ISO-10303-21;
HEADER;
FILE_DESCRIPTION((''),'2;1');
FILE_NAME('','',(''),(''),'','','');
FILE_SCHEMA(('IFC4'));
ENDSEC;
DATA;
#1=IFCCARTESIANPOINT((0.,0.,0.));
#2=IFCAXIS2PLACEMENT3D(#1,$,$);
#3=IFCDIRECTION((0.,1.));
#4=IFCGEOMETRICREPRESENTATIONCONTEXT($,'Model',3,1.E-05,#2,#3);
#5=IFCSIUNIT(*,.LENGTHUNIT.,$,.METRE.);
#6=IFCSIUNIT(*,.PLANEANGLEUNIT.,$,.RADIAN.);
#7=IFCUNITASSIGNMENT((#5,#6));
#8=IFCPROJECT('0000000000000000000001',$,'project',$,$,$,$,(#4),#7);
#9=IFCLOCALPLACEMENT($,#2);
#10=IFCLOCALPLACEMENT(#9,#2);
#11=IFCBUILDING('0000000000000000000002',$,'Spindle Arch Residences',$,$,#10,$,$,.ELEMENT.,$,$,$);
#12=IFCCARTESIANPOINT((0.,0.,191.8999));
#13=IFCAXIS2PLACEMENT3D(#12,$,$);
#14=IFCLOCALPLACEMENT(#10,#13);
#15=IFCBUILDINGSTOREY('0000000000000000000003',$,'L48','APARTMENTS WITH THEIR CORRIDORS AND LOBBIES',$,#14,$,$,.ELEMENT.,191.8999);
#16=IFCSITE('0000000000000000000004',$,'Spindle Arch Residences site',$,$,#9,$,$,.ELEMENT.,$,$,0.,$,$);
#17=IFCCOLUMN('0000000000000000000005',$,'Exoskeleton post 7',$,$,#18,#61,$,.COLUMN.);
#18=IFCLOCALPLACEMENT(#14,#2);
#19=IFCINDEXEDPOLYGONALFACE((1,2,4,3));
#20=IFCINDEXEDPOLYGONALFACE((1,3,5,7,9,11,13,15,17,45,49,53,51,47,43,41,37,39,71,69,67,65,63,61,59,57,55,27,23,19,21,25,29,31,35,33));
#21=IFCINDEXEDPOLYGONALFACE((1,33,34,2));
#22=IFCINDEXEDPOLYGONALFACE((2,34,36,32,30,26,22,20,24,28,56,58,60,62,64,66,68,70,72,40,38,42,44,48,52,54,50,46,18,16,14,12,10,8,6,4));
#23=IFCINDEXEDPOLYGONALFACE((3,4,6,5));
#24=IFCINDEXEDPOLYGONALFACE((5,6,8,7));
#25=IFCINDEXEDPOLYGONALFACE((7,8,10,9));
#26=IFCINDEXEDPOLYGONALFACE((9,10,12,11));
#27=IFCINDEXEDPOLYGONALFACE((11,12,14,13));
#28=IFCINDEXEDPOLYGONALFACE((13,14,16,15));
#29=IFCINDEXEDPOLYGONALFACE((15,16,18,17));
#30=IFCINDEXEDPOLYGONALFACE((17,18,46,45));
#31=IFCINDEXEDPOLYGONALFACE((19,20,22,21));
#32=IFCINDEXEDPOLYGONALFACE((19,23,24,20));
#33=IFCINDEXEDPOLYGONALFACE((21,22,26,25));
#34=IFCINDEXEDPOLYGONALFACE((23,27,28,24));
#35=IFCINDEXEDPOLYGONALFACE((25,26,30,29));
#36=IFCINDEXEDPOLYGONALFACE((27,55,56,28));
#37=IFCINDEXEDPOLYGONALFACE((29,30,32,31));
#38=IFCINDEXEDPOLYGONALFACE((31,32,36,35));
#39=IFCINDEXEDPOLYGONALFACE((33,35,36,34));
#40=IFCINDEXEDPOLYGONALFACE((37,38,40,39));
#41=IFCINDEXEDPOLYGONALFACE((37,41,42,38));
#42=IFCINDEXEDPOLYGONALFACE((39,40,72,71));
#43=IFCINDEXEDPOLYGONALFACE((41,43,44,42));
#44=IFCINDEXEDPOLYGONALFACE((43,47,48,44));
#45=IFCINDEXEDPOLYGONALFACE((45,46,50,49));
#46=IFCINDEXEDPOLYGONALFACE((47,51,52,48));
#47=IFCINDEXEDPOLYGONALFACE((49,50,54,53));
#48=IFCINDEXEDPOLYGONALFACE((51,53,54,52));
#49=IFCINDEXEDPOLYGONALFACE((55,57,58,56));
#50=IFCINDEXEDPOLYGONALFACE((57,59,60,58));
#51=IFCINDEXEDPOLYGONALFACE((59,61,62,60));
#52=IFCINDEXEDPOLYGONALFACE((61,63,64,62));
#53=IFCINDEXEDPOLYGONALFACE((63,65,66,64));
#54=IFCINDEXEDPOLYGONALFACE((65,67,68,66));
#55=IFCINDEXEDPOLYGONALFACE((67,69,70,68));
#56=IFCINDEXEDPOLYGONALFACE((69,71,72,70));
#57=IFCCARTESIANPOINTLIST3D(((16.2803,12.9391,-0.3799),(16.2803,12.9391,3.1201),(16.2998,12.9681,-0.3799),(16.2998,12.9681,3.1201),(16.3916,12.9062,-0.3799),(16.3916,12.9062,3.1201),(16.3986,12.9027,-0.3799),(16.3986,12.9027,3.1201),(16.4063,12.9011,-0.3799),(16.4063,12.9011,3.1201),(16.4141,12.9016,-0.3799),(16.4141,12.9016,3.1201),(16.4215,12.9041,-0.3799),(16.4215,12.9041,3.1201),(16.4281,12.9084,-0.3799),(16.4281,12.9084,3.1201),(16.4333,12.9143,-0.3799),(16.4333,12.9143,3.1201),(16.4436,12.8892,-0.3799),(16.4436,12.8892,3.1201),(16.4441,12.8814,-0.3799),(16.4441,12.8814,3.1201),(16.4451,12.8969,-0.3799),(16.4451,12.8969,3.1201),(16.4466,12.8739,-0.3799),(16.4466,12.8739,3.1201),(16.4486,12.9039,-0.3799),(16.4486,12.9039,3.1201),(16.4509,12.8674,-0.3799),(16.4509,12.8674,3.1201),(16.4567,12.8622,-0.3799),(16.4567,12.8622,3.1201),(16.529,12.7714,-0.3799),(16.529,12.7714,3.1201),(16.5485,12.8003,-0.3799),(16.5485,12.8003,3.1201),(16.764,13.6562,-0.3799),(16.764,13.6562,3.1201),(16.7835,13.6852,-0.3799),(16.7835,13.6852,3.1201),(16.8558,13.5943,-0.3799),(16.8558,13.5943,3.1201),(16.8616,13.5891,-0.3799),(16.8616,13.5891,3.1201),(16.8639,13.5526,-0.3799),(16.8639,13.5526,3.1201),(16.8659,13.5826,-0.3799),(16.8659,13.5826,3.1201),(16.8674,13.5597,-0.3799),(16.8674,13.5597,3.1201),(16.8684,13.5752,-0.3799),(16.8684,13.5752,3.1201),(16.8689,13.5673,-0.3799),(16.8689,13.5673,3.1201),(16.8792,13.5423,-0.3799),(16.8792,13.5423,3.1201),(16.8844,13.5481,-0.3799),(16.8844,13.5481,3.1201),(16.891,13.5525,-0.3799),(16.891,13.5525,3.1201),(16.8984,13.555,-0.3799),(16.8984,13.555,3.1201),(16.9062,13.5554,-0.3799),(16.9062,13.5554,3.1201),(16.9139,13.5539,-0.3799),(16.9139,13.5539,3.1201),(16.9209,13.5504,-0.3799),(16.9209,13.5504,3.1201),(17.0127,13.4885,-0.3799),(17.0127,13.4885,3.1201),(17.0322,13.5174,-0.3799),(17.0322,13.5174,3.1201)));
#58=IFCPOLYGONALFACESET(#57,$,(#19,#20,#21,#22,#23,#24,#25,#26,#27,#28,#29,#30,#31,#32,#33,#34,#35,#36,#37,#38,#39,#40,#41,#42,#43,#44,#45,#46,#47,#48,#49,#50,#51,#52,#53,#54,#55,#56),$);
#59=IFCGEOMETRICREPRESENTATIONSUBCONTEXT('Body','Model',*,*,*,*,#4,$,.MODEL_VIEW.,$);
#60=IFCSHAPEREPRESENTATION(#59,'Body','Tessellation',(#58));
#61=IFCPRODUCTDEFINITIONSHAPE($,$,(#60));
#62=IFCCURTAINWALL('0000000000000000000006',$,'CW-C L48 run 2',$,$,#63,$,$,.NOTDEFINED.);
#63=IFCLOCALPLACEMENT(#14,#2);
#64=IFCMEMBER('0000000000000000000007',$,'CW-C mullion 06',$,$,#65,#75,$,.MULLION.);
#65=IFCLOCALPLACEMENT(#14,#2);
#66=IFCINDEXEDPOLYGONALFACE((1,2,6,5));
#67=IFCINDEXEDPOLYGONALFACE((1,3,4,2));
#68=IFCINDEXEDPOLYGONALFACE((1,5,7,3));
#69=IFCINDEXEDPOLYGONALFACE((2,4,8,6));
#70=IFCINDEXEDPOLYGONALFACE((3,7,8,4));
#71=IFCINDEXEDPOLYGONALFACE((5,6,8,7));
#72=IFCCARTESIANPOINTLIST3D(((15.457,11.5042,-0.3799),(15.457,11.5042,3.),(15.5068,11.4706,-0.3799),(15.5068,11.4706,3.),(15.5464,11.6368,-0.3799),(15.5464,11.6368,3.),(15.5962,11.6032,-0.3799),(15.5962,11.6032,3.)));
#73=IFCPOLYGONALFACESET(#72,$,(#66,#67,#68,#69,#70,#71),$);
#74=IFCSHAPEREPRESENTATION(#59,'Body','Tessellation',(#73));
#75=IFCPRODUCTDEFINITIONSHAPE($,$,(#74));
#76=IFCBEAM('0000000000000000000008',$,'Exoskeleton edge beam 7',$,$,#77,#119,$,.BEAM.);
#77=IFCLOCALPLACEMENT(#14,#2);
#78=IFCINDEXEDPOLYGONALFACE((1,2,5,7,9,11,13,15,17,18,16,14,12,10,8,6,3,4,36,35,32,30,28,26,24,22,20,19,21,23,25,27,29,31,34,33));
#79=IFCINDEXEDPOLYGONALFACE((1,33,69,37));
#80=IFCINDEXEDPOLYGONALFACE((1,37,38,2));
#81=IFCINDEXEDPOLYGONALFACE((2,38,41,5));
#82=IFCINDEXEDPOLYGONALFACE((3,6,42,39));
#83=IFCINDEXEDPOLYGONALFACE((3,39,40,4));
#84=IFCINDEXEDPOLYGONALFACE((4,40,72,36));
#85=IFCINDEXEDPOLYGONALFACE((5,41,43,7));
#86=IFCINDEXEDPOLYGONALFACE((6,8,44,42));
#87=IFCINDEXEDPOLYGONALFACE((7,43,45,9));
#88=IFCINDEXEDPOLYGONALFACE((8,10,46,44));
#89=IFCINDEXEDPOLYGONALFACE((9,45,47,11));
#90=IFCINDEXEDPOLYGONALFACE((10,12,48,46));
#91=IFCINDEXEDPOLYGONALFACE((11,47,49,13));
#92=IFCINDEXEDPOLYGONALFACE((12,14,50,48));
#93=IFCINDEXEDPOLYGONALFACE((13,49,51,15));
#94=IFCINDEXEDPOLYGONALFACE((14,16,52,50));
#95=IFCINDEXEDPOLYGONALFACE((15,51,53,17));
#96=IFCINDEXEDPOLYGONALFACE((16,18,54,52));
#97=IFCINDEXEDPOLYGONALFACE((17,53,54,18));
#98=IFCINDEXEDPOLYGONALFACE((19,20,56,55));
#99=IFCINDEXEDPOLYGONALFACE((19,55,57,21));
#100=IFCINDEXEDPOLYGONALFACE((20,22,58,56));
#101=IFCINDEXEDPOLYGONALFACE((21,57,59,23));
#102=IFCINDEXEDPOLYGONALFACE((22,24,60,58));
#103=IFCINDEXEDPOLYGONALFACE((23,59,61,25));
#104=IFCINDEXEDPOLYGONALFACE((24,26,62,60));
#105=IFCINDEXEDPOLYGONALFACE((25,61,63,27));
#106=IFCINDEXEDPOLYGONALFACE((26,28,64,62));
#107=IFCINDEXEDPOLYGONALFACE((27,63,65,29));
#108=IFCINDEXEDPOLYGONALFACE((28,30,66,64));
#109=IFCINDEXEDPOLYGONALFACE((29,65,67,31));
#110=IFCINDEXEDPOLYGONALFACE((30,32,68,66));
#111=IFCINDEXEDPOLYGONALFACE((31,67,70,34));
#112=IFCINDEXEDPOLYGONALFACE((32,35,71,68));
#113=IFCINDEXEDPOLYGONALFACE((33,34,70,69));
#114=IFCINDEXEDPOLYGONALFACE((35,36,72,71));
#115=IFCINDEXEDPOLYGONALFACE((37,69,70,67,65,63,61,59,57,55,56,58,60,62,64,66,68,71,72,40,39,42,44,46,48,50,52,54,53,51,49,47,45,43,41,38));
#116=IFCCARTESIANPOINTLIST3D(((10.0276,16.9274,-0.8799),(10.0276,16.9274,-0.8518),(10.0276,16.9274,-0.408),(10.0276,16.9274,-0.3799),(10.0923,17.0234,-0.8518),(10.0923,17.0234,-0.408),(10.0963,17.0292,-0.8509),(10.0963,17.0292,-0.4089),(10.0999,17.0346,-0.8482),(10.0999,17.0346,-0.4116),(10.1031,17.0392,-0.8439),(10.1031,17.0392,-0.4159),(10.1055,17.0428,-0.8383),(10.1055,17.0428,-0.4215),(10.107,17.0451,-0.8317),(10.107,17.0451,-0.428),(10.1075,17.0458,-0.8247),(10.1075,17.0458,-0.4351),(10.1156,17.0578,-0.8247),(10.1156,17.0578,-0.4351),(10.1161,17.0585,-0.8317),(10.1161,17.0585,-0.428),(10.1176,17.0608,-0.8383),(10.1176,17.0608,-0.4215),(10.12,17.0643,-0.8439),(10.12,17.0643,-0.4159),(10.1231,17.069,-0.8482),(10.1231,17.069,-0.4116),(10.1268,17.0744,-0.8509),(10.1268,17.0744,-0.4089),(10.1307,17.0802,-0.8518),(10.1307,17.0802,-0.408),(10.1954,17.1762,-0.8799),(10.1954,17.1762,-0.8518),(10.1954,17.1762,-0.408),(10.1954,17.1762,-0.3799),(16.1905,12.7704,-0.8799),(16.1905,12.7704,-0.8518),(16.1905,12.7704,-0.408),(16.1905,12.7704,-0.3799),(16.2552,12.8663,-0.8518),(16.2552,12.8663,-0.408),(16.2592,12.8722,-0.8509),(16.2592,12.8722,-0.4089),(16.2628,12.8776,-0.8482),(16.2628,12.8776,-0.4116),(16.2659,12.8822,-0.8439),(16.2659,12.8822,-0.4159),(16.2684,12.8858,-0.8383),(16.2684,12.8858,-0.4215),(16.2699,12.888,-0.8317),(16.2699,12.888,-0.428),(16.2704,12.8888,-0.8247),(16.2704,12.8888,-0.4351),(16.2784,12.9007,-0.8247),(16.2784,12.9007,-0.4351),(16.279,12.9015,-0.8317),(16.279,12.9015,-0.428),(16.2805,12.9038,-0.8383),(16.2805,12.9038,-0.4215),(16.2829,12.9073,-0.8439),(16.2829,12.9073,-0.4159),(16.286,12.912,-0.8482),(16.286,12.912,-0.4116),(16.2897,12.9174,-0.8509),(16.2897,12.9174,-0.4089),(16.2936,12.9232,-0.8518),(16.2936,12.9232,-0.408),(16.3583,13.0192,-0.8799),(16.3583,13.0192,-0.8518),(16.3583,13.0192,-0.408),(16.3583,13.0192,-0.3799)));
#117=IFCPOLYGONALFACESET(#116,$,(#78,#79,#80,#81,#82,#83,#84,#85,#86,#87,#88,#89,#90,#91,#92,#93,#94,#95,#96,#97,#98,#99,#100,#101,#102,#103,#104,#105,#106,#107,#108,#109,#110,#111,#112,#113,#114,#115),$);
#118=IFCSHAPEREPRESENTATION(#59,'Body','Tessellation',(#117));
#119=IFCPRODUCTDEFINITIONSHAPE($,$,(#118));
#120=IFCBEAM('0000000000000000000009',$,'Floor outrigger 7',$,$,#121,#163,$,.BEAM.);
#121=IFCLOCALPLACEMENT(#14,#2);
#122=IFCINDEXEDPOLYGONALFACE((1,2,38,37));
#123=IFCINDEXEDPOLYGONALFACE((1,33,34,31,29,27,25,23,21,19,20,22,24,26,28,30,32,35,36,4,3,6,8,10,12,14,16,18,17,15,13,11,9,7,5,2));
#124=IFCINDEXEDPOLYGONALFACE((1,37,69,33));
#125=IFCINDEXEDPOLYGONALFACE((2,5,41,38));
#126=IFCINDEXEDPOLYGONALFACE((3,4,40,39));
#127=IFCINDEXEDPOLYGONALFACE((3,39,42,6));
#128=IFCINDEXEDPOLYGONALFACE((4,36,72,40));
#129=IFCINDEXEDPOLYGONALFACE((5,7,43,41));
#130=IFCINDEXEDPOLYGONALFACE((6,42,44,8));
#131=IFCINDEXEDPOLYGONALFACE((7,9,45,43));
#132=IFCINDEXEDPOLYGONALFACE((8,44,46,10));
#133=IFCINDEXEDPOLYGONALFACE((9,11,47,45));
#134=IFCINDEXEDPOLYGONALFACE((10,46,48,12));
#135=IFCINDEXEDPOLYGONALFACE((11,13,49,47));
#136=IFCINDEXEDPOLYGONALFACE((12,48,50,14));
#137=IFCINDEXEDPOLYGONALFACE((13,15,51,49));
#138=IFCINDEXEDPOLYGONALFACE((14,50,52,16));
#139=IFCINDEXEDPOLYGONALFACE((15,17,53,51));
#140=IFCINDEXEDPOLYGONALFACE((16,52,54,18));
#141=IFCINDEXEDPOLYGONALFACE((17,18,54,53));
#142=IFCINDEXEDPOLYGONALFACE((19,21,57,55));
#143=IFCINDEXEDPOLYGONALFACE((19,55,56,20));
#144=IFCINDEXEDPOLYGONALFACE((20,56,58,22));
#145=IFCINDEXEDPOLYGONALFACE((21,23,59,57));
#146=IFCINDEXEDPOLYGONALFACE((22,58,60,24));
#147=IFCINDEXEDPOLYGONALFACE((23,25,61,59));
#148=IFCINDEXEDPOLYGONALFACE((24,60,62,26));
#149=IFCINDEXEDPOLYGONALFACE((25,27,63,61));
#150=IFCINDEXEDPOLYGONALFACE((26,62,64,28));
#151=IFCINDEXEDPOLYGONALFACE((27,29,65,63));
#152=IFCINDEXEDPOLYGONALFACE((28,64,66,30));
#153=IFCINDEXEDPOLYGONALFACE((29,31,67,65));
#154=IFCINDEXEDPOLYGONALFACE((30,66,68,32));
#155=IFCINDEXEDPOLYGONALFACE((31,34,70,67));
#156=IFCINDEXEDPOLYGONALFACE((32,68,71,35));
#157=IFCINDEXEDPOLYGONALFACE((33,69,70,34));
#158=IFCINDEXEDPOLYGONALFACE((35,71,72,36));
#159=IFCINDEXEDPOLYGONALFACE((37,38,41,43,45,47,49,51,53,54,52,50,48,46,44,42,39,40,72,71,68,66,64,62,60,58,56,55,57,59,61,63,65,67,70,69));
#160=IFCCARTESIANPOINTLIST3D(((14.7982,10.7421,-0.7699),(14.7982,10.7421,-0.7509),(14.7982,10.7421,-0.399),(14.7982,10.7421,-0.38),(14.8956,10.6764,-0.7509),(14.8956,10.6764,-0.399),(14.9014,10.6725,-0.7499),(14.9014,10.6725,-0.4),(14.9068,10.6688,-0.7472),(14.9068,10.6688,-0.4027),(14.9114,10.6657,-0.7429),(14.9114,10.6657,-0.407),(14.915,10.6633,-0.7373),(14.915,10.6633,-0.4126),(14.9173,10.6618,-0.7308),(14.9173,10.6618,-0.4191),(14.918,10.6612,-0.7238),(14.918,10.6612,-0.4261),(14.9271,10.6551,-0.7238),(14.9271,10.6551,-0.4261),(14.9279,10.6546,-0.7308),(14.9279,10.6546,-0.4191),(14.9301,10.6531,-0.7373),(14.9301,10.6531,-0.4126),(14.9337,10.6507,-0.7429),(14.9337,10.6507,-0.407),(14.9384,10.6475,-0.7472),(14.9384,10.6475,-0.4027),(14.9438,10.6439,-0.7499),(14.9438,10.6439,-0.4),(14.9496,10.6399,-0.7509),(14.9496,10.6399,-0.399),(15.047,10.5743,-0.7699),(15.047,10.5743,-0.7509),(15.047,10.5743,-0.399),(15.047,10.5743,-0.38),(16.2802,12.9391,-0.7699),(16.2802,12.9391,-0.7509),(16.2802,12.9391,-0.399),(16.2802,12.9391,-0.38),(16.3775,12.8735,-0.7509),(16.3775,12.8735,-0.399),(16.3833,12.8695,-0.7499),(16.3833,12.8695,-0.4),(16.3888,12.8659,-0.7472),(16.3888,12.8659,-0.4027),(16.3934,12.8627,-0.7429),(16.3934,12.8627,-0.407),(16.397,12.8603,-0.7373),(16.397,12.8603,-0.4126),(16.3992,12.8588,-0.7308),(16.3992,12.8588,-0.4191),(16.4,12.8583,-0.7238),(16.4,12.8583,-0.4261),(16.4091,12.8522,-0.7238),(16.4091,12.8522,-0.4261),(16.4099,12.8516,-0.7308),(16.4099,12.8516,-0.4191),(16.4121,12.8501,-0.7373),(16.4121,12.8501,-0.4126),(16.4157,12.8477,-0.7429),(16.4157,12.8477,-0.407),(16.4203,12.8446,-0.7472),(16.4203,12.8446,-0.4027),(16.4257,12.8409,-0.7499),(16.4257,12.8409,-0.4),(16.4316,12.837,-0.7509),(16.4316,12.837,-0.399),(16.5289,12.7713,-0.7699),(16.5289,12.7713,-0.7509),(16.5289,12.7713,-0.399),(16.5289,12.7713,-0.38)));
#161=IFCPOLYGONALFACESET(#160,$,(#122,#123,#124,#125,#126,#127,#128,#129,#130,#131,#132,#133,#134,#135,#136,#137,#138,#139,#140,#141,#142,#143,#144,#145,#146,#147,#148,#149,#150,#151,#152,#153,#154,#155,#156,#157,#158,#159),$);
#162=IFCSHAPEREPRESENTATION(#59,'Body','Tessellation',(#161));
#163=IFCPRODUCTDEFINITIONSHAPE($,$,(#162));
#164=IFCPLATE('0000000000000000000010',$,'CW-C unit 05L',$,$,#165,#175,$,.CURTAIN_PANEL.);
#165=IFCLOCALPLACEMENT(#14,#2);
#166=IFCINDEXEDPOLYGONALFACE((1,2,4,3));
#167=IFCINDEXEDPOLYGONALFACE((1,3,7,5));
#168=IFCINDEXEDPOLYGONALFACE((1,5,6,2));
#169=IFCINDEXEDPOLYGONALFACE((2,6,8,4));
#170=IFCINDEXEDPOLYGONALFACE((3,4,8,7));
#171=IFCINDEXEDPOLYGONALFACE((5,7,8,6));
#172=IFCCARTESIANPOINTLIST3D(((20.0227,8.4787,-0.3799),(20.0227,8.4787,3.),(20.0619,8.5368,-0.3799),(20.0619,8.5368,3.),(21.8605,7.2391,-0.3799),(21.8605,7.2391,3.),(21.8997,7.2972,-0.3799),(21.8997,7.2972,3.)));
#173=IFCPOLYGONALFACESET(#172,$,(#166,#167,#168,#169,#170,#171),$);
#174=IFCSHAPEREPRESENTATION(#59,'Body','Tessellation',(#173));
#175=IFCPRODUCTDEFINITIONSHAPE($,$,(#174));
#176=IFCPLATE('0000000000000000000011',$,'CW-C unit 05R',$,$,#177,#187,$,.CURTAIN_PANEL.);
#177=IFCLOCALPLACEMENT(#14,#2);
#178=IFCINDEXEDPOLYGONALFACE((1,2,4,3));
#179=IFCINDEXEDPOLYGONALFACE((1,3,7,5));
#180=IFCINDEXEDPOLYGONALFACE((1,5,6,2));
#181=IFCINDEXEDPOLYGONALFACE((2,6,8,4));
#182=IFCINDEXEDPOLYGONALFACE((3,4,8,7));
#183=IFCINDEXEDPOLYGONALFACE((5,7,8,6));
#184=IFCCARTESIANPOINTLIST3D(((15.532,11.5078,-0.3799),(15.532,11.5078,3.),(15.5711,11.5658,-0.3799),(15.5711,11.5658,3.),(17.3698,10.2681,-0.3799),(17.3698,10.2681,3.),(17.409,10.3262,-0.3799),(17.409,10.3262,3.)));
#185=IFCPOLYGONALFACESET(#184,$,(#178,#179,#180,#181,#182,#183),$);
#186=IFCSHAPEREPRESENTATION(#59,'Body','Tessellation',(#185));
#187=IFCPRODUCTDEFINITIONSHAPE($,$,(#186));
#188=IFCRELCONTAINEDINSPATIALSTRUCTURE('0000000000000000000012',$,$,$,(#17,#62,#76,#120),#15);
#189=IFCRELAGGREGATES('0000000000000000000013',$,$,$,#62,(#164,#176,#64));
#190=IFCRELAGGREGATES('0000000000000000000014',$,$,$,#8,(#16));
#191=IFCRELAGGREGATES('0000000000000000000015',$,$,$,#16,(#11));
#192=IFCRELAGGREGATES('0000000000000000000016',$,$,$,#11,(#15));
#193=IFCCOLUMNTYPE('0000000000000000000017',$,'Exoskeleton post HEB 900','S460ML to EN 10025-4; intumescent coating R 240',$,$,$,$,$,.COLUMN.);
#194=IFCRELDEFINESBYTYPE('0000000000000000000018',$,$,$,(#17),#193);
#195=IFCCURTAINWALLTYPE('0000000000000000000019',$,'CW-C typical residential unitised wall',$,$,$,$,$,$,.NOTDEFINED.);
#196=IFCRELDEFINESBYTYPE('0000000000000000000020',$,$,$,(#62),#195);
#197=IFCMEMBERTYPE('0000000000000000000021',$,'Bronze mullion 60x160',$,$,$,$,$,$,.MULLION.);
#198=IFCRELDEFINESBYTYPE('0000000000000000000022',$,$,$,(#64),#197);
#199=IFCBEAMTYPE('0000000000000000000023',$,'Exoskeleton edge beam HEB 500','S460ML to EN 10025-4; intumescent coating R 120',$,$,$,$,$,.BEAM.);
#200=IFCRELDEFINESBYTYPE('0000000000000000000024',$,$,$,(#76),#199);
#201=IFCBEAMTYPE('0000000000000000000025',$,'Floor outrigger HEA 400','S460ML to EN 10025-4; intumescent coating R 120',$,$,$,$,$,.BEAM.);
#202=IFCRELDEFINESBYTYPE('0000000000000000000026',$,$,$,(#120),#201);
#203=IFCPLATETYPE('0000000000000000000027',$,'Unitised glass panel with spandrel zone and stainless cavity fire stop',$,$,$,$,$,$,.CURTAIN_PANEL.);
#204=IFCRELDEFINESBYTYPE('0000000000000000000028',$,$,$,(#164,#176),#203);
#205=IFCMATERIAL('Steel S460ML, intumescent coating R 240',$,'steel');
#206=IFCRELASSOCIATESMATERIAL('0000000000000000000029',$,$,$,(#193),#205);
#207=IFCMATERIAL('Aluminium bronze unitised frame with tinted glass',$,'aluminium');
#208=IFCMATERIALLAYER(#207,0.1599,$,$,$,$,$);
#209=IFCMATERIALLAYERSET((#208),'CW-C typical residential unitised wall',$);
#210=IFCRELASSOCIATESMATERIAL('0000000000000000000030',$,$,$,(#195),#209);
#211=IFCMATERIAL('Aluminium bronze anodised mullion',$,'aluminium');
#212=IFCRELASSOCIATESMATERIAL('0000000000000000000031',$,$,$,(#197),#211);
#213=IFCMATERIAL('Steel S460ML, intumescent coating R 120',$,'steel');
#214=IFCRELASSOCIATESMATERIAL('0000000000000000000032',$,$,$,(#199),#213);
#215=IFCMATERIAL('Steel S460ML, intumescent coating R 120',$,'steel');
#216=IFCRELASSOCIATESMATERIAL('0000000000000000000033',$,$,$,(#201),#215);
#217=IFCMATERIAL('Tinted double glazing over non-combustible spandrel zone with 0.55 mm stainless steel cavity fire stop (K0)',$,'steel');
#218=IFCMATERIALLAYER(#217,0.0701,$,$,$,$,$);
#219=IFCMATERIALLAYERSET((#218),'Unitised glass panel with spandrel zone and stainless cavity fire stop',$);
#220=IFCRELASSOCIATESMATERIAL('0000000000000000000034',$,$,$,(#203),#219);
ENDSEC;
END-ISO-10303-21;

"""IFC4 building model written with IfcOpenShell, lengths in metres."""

from ifc_helpers import new_model, si_unit, direction, frame, origin, origin_2d, place, context, subcontext, project, spatial, rectangle, i_section, extrude, material, layer, layer_set, material_profile, profile_set, type_object, element, aggregate, save


model = new_model("IFC4")

# Units and contexts
model_context = context("Model", 3, precision=1e-05, world=origin(), true_north=direction((0.0, 1.0)))
body_context = subcontext(model_context, "Body", "Model", "MODEL_VIEW")
ifc_project = project(units=[si_unit("LENGTHUNIT", "METRE"), si_unit("PLANEANGLEUNIT", "RADIAN")], contexts=[model_context])

# Site, building, storey
site_placement = place(None, origin())
site = spatial("IfcSite", under=ifc_project, at=site_placement, Name="Spindle Arch Residences site", CompositionType="ELEMENT", RefElevation=0.0)
building_placement = place(site_placement, origin())
building = spatial("IfcBuilding", under=site, at=building_placement, Name="Spindle Arch Residences", CompositionType="ELEMENT")
storey_placement = place(building_placement, frame((0.0, 0.0, 191.8999)))
storey = spatial("IfcBuildingStorey", under=building, at=storey_placement, Name="L48", Description="APARTMENTS WITH THEIR CORRIDORS AND LOBBIES", CompositionType="ELEMENT", Elevation=191.8999)

# Column
ifc_material_1 = material(Name="Steel S460ML, intumescent coating R 240", Category="steel")
ifc_material_profile_1 = material_profile(ifc_material_1, i_section(OverallWidth=0.3, OverallDepth=0.8999, WebThickness=0.0186, FlangeThickness=0.0349, FilletRadius=0.03, at=origin_2d()), Name="HEB 900")
ifc_profile_set_1 = profile_set([ifc_material_profile_1], Name="Steel S460ML, intumescent coating R 240")
column_type = type_object("IfcColumnType", Name="Exoskeleton post HEB 900", Description="S460ML to EN 10025-4; intumescent coating R 240", PredefinedType="COLUMN", material=ifc_profile_set_1)
column_placement = place(storey_placement, frame((16.6562, 13.2283, -0.3799), z_axis=(0.0, 0.0, 1.0), x_axis=(0.829038, -0.559193, 0.0)))
element("IfcColumn", 1, at=column_placement, inside=storey, type_object=column_type, Name="Exoskeleton post 7", PredefinedType="COLUMN", context=body_context, shape_type="SweptSolid", body=[
    extrude(i_section(OverallWidth=0.3, OverallDepth=0.8999, WebThickness=0.0186, FlangeThickness=0.0349, FilletRadius=0.03, at=origin_2d()), origin(), (0.0, 0.0, 1.0), 3.5),
])

# Curtain wall, member
ifc_material_2 = material(Name="Aluminium bronze unitised frame with tinted glass", Category="aluminium")
ifc_layer_1 = layer(ifc_material_2, 0.1599)
ifc_layer_set_1 = layer_set([ifc_layer_1], Name="CW-C typical residential unitised wall")
curtain_wall_type = type_object("IfcCurtainWallType", Name="CW-C typical residential unitised wall", PredefinedType="NOTDEFINED", material=ifc_layer_set_1)
curtain_wall_placement = place(storey_placement, origin())
curtain_wall = element("IfcCurtainWall", 2, at=curtain_wall_placement, inside=storey, type_object=curtain_wall_type, Name="CW-C L48 run 2", PredefinedType="NOTDEFINED")
ifc_material_3 = material(Name="Aluminium bronze anodised mullion", Category="aluminium")
ifc_material_profile_2 = material_profile(ifc_material_3, rectangle(XDim=0.1599, YDim=0.0601, at=origin_2d()), Name="MU 60x160")
ifc_profile_set_2 = profile_set([ifc_material_profile_2], Name="Aluminium bronze anodised mullion")
member_type = type_object("IfcMemberType", Name="Bronze mullion 60x160", PredefinedType="MULLION", material=ifc_profile_set_2)
member_placement = place(storey_placement, frame((15.5266, 11.5537, -0.3799), z_axis=(0.0, 0.0, 1.0), x_axis=(-0.559193, -0.829038, 0.0)))
member = element("IfcMember", 3, at=member_placement, type_object=member_type, Name="CW-C mullion 06", PredefinedType="MULLION", context=body_context, shape_type="SweptSolid", body=[
    extrude(rectangle(XDim=0.1599, YDim=0.0601, at=origin_2d()), origin(), (0.0, 0.0, 1.0), 3.3799),
])

# Beams
ifc_material_4 = material(Name="Steel S460ML, intumescent coating R 120", Category="steel")
ifc_material_profile_3 = material_profile(ifc_material_4, i_section(OverallWidth=0.3, OverallDepth=0.5, WebThickness=0.0144, FlangeThickness=0.0281, FilletRadius=0.0271, at=origin_2d()), Name="HEB 500")
ifc_profile_set_3 = profile_set([ifc_material_profile_3], Name="Steel S460ML, intumescent coating R 120")
beam_type_1 = type_object("IfcBeamType", Name="Exoskeleton edge beam HEB 500", Description="S460ML to EN 10025-4; intumescent coating R 120", PredefinedType="BEAM", material=ifc_profile_set_3)
beam_1_placement = place(storey_placement, frame((16.2744, 12.8948, -0.6299), z_axis=(-0.829032, 0.559202, 0.0), x_axis=(-0.559202, -0.829032, 0.0)))
element("IfcBeam", 4, at=beam_1_placement, inside=storey, type_object=beam_type_1, Name="Exoskeleton edge beam 7", PredefinedType="BEAM", context=body_context, shape_type="SweptSolid", body=[
    extrude(i_section(OverallWidth=0.3, OverallDepth=0.5, WebThickness=0.0144, FlangeThickness=0.0281, FilletRadius=0.0271, at=origin_2d()), origin(), (0.0, 0.0, 1.0), 7.4338),
])
ifc_material_5 = material(Name="Steel S460ML, intumescent coating R 120", Category="steel")
ifc_material_profile_4 = material_profile(ifc_material_5, i_section(OverallWidth=0.3, OverallDepth=0.3899, WebThickness=0.011, FlangeThickness=0.019, FilletRadius=0.0271, at=origin_2d()), Name="HEA 400")
ifc_profile_set_4 = profile_set([ifc_material_profile_4], Name="Steel S460ML, intumescent coating R 120")
beam_type_2 = type_object("IfcBeamType", Name="Floor outrigger HEA 400", Description="S460ML to EN 10025-4; intumescent coating R 120", PredefinedType="BEAM", material=ifc_profile_set_4)
beam_2_placement = place(storey_placement, frame((16.4045, 12.8552, -0.575), z_axis=(-0.559199, -0.829033, 0.0), x_axis=(0.829033, -0.559199, 0.0)))
element("IfcBeam", 5, at=beam_2_placement, inside=storey, type_object=beam_type_2, Name="Floor outrigger 7", PredefinedType="BEAM", context=body_context, shape_type="SweptSolid", body=[
    extrude(i_section(OverallWidth=0.3, OverallDepth=0.3899, WebThickness=0.011, FlangeThickness=0.019, FilletRadius=0.0271, at=origin_2d()), origin(), (0.0, 0.0, 1.0), 2.6501),
])

# Plates
ifc_material_6 = material(Name="Tinted double glazing over non-combustible spandrel zone with 0.55 mm stainless steel cavity fire stop (K0)", Category="steel")
ifc_layer_2 = layer(ifc_material_6, 0.0701)
ifc_layer_set_2 = layer_set([ifc_layer_2], Name="Unitised glass panel with spandrel zone and stainless cavity fire stop")
plate_type = type_object("IfcPlateType", Name="Unitised glass panel with spandrel zone and stainless cavity fire stop", PredefinedType="CURTAIN_PANEL", material=ifc_layer_set_2)
plate_1_placement = place(storey_placement, frame((20.9612, 7.8879, -0.3799), z_axis=(0.0, 0.0, 1.0), x_axis=(-0.829038, 0.559193, 0.0)))
plate_1 = element("IfcPlate", 6, at=plate_1_placement, type_object=plate_type, Name="CW-C unit 05L", PredefinedType="CURTAIN_PANEL", context=body_context, shape_type="SweptSolid", body=[
    extrude(rectangle(XDim=2.2168, YDim=0.0701, at=origin_2d()), origin(), (0.0, 0.0, 1.0), 3.3799),
])
plate_2_placement = place(storey_placement, frame((16.4705, 10.917, -0.3799), z_axis=(0.0, 0.0, 1.0), x_axis=(-0.829038, 0.559193, 0.0)))
plate_2 = element("IfcPlate", 7, at=plate_2_placement, type_object=plate_type, Name="CW-C unit 05R", PredefinedType="CURTAIN_PANEL", context=body_context, shape_type="SweptSolid", body=[
    extrude(rectangle(XDim=2.2168, YDim=0.0701, at=origin_2d()), origin(), (0.0, 0.0, 1.0), 3.3799),
])
aggregate(curtain_wall, [plate_1, plate_2, member])

save(model, "model.ifc")
